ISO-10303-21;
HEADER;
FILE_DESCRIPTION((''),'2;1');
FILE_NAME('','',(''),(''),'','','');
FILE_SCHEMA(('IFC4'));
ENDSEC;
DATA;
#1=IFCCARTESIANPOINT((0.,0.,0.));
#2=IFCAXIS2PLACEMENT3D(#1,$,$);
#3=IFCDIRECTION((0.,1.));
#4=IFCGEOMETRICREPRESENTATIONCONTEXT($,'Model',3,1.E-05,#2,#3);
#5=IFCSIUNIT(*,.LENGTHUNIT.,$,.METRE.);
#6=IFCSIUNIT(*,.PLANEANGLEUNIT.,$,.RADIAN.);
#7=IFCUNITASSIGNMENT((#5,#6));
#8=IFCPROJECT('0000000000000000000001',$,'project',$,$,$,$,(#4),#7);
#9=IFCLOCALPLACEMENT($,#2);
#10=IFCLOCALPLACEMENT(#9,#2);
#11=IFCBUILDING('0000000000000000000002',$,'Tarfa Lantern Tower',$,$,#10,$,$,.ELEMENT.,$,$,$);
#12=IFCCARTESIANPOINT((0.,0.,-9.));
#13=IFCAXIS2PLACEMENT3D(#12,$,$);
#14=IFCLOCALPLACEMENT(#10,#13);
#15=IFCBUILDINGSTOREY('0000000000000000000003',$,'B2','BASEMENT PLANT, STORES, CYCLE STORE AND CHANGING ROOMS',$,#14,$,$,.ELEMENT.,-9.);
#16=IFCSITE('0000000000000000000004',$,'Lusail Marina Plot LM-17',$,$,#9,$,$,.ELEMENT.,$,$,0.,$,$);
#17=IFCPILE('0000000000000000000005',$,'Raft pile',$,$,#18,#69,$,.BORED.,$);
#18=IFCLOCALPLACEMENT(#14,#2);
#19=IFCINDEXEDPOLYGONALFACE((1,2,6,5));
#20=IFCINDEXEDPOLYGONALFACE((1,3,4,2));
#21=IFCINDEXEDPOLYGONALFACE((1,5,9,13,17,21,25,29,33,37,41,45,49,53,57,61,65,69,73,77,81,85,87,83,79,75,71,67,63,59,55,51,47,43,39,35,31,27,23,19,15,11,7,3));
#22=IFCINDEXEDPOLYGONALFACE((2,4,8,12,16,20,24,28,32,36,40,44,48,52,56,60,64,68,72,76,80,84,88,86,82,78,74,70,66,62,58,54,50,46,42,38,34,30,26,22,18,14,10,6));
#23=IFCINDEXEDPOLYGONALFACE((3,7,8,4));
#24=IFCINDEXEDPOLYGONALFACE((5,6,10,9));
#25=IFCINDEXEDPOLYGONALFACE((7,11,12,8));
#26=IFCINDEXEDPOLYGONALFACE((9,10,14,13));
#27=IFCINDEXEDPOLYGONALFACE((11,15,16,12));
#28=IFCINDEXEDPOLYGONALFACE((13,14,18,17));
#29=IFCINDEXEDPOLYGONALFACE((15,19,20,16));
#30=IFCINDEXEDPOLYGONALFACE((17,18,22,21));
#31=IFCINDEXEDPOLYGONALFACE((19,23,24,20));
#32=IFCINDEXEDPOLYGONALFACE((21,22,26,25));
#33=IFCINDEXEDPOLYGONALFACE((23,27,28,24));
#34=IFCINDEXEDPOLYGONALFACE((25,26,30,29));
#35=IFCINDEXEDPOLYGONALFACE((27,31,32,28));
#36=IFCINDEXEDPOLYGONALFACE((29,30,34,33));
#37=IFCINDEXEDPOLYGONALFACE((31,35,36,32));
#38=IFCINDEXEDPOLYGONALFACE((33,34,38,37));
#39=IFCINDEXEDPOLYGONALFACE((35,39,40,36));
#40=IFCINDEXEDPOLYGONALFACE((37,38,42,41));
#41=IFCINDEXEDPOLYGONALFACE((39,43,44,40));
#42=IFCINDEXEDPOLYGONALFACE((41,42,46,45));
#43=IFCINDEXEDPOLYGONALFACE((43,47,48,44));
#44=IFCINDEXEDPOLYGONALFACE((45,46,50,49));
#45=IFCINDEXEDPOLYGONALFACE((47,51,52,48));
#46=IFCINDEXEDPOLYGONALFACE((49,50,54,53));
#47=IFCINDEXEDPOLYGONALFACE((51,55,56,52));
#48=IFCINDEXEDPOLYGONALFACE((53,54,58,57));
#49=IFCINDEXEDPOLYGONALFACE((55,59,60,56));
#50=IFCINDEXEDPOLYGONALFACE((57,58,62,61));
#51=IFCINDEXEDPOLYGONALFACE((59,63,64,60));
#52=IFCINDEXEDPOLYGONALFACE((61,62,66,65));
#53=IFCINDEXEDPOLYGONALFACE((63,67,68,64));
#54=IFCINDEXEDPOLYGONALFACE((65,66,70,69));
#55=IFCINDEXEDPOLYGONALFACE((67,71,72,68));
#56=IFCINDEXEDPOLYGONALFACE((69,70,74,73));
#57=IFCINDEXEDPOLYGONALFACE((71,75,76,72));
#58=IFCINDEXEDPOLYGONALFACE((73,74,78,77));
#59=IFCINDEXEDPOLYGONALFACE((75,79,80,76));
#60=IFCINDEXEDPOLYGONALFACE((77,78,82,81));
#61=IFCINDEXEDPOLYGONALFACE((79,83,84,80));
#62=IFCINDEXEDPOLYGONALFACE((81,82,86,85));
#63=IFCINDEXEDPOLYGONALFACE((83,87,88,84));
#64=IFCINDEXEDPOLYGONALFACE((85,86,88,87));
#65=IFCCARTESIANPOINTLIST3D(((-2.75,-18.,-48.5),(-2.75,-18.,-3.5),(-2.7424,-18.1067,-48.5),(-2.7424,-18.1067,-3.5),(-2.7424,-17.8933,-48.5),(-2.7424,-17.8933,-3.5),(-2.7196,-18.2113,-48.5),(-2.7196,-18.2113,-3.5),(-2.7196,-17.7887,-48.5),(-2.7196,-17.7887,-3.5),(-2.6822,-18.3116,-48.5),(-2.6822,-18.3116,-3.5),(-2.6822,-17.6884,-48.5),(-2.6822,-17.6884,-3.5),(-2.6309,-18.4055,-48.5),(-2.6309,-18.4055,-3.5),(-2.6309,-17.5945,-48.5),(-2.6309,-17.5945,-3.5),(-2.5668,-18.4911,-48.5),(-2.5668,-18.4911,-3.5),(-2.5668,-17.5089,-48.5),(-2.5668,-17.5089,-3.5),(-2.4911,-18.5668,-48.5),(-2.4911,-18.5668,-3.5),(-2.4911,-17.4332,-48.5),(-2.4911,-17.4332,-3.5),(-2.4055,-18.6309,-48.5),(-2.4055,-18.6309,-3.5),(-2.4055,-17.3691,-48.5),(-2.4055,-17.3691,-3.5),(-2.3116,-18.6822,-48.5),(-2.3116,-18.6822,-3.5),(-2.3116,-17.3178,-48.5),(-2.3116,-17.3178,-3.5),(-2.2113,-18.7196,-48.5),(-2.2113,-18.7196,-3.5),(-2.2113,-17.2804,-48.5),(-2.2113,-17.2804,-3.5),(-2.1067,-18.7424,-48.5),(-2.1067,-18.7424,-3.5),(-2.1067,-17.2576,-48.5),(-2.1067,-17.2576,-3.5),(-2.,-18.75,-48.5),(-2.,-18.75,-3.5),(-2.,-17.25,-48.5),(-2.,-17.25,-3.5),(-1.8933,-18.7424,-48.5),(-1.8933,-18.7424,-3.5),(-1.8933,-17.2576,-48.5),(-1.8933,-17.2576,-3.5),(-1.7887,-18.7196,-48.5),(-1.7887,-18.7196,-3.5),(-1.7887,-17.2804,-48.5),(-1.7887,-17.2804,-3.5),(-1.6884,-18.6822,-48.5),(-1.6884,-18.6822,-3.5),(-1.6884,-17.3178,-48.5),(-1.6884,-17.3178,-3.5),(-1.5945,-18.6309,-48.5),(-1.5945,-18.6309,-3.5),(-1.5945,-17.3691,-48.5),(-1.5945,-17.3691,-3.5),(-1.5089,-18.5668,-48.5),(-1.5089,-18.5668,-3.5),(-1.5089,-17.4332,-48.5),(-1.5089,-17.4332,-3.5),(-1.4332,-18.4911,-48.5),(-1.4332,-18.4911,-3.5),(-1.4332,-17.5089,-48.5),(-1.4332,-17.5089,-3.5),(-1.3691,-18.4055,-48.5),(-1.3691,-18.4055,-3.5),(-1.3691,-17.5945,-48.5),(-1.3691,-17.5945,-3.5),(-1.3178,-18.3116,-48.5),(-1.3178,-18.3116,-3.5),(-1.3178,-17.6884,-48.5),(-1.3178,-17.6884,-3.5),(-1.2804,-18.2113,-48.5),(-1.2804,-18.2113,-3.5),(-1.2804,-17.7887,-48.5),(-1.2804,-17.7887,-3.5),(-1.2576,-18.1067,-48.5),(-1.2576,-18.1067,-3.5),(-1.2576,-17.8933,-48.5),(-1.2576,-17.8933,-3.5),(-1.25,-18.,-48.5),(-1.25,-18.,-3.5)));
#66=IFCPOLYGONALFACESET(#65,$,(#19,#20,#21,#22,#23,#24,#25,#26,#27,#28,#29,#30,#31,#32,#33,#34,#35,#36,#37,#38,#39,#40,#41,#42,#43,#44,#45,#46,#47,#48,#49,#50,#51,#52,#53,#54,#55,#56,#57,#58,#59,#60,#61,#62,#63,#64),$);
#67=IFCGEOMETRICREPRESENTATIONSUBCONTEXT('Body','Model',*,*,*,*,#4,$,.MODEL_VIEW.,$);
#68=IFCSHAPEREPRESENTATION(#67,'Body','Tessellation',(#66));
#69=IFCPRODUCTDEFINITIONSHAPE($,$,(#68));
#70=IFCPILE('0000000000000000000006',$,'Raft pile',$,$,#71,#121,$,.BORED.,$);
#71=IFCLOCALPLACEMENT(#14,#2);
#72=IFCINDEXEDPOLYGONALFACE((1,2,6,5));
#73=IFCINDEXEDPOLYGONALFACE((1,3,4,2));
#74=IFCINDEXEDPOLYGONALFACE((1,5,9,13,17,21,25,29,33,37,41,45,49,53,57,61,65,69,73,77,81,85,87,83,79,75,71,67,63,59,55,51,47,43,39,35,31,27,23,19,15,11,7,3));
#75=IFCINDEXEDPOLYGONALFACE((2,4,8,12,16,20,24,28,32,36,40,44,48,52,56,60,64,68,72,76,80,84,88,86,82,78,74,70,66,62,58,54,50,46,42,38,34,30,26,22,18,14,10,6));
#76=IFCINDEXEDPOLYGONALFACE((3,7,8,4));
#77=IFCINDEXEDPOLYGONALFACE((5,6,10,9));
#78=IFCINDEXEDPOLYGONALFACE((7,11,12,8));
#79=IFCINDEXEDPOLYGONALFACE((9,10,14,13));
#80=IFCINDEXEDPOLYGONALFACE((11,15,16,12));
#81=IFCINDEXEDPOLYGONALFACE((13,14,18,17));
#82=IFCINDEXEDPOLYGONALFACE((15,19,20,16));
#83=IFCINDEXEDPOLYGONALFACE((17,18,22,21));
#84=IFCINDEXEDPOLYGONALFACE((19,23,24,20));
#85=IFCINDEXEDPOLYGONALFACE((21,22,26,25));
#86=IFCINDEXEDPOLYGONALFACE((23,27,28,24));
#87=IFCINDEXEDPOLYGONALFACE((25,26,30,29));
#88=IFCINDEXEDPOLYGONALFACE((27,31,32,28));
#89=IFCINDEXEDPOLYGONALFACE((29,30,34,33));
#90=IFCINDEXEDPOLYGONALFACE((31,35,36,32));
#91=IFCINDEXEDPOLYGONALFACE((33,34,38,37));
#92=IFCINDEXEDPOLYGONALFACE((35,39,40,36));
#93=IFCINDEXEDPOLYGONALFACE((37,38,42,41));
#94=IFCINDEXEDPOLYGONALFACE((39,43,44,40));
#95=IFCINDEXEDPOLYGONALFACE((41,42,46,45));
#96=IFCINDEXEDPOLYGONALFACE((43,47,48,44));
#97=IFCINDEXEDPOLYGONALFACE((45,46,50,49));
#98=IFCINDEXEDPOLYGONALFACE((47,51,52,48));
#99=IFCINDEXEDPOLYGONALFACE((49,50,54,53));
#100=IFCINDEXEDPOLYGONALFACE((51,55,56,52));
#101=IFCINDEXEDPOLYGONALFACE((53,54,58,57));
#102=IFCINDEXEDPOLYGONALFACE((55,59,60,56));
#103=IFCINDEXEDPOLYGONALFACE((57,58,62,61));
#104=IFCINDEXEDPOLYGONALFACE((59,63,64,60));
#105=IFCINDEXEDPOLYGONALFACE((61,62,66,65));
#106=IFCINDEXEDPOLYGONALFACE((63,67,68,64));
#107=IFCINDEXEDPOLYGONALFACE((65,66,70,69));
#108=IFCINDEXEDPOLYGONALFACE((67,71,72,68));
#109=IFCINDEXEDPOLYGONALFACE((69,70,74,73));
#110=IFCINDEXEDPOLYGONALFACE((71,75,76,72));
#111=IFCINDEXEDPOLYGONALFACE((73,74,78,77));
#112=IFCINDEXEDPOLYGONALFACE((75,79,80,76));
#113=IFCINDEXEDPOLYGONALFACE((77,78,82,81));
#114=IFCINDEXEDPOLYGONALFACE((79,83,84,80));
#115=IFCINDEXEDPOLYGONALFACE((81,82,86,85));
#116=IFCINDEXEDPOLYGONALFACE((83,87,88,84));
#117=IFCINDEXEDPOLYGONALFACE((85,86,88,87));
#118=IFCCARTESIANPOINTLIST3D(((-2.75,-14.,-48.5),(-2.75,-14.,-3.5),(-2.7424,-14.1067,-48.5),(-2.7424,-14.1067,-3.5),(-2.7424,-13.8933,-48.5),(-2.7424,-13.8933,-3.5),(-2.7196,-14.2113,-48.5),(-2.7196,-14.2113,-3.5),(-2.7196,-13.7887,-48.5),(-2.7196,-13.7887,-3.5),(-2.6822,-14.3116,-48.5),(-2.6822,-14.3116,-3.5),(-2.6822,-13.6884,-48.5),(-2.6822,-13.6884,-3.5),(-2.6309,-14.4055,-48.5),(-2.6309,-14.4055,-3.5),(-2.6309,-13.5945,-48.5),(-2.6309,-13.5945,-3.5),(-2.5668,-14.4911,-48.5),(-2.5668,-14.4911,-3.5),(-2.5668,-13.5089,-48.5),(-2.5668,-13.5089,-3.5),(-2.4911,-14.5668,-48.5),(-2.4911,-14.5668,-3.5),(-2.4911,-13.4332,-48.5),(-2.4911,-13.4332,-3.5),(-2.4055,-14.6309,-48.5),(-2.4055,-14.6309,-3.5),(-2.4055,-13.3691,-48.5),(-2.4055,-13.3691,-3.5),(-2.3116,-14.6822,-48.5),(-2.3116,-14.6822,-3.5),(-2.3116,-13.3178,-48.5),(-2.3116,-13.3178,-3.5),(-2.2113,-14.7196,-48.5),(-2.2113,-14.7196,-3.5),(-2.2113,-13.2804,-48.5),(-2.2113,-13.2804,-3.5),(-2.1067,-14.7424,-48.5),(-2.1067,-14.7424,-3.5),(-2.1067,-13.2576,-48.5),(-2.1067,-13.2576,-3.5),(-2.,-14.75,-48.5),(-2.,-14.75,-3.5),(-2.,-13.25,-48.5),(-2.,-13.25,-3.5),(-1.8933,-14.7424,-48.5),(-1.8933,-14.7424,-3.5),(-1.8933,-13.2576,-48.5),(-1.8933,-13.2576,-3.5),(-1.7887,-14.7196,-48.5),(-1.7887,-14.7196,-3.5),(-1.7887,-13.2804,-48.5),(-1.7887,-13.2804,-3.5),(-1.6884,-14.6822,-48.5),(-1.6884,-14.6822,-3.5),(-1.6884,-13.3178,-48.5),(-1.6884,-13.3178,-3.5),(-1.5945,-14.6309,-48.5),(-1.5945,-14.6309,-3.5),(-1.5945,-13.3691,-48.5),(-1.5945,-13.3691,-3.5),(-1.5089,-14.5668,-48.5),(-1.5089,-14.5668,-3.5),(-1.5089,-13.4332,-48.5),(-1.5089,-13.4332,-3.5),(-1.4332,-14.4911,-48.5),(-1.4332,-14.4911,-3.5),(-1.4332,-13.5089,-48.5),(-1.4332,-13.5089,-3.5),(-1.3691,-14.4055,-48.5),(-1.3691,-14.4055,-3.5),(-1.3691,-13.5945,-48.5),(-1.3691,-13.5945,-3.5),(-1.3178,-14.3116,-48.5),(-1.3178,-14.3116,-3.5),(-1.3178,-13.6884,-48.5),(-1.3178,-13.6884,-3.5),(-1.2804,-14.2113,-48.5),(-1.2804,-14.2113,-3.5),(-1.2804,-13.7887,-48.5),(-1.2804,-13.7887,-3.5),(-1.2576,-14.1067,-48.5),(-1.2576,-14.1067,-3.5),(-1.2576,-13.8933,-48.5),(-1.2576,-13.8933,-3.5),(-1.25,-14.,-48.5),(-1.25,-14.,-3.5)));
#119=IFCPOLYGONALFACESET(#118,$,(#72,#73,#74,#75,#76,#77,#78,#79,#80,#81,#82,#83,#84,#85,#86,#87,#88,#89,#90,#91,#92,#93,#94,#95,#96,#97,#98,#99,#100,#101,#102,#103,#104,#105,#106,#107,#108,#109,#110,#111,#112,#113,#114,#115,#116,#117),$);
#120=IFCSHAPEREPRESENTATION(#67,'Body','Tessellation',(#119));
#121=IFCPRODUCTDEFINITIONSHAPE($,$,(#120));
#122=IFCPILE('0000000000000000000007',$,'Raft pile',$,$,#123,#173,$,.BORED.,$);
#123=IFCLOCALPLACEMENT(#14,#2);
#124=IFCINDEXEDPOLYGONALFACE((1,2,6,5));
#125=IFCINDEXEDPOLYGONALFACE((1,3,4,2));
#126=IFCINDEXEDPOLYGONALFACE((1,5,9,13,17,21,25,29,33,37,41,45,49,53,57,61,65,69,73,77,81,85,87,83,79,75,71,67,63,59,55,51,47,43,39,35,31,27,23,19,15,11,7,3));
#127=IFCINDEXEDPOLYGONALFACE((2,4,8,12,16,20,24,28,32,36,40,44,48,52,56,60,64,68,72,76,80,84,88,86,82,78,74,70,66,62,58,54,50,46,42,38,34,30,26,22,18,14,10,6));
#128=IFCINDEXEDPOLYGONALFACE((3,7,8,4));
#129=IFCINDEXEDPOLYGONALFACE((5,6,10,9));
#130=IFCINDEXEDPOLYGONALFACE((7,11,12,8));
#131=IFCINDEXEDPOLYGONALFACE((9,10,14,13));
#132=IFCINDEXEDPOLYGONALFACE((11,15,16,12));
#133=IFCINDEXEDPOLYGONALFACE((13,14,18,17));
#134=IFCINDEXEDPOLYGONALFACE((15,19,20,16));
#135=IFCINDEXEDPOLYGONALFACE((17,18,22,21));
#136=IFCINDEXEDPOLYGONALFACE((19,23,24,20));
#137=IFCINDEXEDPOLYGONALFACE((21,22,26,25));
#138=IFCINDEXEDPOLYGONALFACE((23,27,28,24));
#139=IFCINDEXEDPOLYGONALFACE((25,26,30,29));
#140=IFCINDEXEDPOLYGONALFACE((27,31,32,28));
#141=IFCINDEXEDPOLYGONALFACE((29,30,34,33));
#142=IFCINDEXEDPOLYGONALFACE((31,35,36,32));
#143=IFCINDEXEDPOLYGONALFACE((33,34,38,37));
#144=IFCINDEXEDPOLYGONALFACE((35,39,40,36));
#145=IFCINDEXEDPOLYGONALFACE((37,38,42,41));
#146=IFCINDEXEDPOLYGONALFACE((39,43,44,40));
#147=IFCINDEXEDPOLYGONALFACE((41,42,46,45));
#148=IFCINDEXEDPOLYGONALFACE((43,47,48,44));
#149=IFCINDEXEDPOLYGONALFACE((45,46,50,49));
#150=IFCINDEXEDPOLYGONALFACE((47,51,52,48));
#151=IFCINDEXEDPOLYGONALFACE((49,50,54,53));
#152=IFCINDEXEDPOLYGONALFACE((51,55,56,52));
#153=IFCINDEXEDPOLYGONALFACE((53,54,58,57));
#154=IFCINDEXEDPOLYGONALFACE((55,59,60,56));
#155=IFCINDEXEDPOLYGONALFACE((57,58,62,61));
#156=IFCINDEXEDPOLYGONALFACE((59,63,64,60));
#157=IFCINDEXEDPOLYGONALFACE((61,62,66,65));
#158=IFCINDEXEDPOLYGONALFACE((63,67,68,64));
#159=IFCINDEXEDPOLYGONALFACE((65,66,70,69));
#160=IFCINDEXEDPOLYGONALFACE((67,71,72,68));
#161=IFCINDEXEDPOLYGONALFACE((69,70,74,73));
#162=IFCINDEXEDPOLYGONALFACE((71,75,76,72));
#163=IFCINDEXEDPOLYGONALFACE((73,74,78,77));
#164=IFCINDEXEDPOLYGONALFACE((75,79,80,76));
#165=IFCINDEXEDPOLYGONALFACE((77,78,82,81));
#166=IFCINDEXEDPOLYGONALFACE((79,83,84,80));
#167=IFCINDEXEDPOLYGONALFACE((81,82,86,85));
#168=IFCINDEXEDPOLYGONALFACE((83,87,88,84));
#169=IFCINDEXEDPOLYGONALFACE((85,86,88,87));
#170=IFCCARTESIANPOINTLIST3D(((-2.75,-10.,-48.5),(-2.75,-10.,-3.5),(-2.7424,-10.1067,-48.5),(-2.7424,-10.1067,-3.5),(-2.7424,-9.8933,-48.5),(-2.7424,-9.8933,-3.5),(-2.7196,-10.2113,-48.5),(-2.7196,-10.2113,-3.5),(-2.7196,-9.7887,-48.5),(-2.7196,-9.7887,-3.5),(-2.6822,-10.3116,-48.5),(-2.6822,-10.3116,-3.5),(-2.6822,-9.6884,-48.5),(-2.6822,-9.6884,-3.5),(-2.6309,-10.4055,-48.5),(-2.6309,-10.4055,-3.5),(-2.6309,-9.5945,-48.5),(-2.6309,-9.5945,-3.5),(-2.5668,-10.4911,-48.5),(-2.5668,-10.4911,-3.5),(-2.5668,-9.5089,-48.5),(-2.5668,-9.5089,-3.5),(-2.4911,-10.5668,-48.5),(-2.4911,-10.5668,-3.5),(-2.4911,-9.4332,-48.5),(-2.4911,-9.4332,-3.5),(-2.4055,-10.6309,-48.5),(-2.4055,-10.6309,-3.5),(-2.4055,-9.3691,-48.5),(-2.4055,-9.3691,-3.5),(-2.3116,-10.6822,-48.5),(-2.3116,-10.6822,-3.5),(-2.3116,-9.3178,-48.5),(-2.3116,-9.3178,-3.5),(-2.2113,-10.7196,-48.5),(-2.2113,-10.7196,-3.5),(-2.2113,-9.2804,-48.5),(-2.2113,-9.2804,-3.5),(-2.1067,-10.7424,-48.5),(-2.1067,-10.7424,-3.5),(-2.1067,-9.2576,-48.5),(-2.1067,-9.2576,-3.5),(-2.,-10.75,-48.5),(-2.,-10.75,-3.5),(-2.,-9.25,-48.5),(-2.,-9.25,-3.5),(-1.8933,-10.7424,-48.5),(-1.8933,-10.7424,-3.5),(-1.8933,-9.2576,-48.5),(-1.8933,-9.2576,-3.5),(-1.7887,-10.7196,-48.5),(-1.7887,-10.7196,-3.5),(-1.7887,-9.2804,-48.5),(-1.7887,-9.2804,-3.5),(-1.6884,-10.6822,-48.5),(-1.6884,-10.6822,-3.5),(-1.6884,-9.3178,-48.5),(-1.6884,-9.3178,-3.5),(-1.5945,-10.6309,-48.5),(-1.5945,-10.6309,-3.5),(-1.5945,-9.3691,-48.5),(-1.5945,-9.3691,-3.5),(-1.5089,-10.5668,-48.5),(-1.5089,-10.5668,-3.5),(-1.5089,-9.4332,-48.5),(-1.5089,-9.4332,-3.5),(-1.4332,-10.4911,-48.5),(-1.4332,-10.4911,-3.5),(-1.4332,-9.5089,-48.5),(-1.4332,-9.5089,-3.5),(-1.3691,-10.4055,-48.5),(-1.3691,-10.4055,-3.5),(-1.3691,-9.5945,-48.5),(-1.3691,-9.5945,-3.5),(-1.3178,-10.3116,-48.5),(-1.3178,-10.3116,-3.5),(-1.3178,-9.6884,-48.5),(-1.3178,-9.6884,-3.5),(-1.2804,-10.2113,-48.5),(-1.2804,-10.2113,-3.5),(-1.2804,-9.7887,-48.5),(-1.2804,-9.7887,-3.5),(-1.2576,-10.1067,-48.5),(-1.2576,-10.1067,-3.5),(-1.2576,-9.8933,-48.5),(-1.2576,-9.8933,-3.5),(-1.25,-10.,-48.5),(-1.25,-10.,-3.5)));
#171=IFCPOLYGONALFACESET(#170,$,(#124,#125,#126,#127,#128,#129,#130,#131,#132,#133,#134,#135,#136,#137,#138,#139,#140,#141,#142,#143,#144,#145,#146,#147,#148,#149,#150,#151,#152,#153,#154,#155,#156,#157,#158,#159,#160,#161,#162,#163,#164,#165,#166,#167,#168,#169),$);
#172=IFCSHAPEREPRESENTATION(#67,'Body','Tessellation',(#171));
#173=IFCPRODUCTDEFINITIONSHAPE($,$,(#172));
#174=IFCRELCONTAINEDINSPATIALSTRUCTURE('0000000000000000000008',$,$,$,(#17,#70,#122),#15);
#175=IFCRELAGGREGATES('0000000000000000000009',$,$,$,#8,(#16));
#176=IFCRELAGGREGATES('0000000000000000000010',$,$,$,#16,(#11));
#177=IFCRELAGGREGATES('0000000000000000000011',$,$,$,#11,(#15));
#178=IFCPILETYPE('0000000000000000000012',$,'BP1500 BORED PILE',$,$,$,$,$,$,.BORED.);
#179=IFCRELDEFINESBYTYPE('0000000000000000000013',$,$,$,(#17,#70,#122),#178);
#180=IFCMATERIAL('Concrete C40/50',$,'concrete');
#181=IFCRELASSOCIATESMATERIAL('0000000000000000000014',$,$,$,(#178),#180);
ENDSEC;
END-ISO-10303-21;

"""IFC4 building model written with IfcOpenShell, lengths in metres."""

from ifc_helpers import new_model, si_unit, direction, frame, origin, origin_2d, place, context, subcontext, project, spatial, circle, extrude, material, material_profile, profile_set, type_object, element, save


model = new_model("IFC4")

# Units and contexts
model_context = context("Model", 3, precision=1e-05, world=origin(), true_north=direction((0.0, 1.0)))
body_context = subcontext(model_context, "Body", "Model", "MODEL_VIEW")
ifc_project = project(units=[si_unit("LENGTHUNIT", "METRE"), si_unit("PLANEANGLEUNIT", "RADIAN")], contexts=[model_context])

# Site, building, storey
site_placement = place(None, origin())
site = spatial("IfcSite", under=ifc_project, at=site_placement, Name="Lusail Marina Plot LM-17", CompositionType="ELEMENT", RefElevation=0.0)
building_placement = place(site_placement, origin())
building = spatial("IfcBuilding", under=site, at=building_placement, Name="Tarfa Lantern Tower", CompositionType="ELEMENT")
storey_placement = place(building_placement, frame((0.0, 0.0, -9.0)))
storey = spatial("IfcBuildingStorey", under=building, at=storey_placement, Name="B2", Description="BASEMENT PLANT, STORES, CYCLE STORE AND CHANGING ROOMS", CompositionType="ELEMENT", Elevation=-9.0)

# Piles
ifc_material_1 = material(Name="Concrete C40/50", Category="concrete")
ifc_material_profile = material_profile(ifc_material_1, circle(Radius=0.75, at=origin_2d()), Name="BORED PILE D1500")
ifc_profile_set = profile_set([ifc_material_profile], Name="Concrete C40/50")
pile_type = type_object("IfcPileType", Name="BP1500 BORED PILE", PredefinedType="BORED", material=ifc_profile_set)
for number, where, z_axis, x_axis, name in (
    (1, (-2.0, -18.0, -3.5), (0.0, 0.0, -1.0), (1.0, 0.0, 0.0), "Raft pile"),
    (2, (-2.0, -14.0, -3.5), (0.0, 0.0, -1.0), (1.0, 0.0, 0.0), "Raft pile"),
    (3, (-2.0, -10.0, -3.5), (0.0, 0.0, -1.0), (1.0, 0.0, 0.0), "Raft pile"),
):
    element("IfcPile", number, at=place(storey_placement, frame(where, z_axis=z_axis, x_axis=x_axis)), inside=storey, type_object=pile_type, Name=name, PredefinedType="BORED", context=body_context, shape_type="SweptSolid", body=[
        extrude(circle(Radius=0.75, at=origin_2d()), origin(), (0.0, 0.0, 1.0), 45.0),
    ])

save(model, "model.ifc")
